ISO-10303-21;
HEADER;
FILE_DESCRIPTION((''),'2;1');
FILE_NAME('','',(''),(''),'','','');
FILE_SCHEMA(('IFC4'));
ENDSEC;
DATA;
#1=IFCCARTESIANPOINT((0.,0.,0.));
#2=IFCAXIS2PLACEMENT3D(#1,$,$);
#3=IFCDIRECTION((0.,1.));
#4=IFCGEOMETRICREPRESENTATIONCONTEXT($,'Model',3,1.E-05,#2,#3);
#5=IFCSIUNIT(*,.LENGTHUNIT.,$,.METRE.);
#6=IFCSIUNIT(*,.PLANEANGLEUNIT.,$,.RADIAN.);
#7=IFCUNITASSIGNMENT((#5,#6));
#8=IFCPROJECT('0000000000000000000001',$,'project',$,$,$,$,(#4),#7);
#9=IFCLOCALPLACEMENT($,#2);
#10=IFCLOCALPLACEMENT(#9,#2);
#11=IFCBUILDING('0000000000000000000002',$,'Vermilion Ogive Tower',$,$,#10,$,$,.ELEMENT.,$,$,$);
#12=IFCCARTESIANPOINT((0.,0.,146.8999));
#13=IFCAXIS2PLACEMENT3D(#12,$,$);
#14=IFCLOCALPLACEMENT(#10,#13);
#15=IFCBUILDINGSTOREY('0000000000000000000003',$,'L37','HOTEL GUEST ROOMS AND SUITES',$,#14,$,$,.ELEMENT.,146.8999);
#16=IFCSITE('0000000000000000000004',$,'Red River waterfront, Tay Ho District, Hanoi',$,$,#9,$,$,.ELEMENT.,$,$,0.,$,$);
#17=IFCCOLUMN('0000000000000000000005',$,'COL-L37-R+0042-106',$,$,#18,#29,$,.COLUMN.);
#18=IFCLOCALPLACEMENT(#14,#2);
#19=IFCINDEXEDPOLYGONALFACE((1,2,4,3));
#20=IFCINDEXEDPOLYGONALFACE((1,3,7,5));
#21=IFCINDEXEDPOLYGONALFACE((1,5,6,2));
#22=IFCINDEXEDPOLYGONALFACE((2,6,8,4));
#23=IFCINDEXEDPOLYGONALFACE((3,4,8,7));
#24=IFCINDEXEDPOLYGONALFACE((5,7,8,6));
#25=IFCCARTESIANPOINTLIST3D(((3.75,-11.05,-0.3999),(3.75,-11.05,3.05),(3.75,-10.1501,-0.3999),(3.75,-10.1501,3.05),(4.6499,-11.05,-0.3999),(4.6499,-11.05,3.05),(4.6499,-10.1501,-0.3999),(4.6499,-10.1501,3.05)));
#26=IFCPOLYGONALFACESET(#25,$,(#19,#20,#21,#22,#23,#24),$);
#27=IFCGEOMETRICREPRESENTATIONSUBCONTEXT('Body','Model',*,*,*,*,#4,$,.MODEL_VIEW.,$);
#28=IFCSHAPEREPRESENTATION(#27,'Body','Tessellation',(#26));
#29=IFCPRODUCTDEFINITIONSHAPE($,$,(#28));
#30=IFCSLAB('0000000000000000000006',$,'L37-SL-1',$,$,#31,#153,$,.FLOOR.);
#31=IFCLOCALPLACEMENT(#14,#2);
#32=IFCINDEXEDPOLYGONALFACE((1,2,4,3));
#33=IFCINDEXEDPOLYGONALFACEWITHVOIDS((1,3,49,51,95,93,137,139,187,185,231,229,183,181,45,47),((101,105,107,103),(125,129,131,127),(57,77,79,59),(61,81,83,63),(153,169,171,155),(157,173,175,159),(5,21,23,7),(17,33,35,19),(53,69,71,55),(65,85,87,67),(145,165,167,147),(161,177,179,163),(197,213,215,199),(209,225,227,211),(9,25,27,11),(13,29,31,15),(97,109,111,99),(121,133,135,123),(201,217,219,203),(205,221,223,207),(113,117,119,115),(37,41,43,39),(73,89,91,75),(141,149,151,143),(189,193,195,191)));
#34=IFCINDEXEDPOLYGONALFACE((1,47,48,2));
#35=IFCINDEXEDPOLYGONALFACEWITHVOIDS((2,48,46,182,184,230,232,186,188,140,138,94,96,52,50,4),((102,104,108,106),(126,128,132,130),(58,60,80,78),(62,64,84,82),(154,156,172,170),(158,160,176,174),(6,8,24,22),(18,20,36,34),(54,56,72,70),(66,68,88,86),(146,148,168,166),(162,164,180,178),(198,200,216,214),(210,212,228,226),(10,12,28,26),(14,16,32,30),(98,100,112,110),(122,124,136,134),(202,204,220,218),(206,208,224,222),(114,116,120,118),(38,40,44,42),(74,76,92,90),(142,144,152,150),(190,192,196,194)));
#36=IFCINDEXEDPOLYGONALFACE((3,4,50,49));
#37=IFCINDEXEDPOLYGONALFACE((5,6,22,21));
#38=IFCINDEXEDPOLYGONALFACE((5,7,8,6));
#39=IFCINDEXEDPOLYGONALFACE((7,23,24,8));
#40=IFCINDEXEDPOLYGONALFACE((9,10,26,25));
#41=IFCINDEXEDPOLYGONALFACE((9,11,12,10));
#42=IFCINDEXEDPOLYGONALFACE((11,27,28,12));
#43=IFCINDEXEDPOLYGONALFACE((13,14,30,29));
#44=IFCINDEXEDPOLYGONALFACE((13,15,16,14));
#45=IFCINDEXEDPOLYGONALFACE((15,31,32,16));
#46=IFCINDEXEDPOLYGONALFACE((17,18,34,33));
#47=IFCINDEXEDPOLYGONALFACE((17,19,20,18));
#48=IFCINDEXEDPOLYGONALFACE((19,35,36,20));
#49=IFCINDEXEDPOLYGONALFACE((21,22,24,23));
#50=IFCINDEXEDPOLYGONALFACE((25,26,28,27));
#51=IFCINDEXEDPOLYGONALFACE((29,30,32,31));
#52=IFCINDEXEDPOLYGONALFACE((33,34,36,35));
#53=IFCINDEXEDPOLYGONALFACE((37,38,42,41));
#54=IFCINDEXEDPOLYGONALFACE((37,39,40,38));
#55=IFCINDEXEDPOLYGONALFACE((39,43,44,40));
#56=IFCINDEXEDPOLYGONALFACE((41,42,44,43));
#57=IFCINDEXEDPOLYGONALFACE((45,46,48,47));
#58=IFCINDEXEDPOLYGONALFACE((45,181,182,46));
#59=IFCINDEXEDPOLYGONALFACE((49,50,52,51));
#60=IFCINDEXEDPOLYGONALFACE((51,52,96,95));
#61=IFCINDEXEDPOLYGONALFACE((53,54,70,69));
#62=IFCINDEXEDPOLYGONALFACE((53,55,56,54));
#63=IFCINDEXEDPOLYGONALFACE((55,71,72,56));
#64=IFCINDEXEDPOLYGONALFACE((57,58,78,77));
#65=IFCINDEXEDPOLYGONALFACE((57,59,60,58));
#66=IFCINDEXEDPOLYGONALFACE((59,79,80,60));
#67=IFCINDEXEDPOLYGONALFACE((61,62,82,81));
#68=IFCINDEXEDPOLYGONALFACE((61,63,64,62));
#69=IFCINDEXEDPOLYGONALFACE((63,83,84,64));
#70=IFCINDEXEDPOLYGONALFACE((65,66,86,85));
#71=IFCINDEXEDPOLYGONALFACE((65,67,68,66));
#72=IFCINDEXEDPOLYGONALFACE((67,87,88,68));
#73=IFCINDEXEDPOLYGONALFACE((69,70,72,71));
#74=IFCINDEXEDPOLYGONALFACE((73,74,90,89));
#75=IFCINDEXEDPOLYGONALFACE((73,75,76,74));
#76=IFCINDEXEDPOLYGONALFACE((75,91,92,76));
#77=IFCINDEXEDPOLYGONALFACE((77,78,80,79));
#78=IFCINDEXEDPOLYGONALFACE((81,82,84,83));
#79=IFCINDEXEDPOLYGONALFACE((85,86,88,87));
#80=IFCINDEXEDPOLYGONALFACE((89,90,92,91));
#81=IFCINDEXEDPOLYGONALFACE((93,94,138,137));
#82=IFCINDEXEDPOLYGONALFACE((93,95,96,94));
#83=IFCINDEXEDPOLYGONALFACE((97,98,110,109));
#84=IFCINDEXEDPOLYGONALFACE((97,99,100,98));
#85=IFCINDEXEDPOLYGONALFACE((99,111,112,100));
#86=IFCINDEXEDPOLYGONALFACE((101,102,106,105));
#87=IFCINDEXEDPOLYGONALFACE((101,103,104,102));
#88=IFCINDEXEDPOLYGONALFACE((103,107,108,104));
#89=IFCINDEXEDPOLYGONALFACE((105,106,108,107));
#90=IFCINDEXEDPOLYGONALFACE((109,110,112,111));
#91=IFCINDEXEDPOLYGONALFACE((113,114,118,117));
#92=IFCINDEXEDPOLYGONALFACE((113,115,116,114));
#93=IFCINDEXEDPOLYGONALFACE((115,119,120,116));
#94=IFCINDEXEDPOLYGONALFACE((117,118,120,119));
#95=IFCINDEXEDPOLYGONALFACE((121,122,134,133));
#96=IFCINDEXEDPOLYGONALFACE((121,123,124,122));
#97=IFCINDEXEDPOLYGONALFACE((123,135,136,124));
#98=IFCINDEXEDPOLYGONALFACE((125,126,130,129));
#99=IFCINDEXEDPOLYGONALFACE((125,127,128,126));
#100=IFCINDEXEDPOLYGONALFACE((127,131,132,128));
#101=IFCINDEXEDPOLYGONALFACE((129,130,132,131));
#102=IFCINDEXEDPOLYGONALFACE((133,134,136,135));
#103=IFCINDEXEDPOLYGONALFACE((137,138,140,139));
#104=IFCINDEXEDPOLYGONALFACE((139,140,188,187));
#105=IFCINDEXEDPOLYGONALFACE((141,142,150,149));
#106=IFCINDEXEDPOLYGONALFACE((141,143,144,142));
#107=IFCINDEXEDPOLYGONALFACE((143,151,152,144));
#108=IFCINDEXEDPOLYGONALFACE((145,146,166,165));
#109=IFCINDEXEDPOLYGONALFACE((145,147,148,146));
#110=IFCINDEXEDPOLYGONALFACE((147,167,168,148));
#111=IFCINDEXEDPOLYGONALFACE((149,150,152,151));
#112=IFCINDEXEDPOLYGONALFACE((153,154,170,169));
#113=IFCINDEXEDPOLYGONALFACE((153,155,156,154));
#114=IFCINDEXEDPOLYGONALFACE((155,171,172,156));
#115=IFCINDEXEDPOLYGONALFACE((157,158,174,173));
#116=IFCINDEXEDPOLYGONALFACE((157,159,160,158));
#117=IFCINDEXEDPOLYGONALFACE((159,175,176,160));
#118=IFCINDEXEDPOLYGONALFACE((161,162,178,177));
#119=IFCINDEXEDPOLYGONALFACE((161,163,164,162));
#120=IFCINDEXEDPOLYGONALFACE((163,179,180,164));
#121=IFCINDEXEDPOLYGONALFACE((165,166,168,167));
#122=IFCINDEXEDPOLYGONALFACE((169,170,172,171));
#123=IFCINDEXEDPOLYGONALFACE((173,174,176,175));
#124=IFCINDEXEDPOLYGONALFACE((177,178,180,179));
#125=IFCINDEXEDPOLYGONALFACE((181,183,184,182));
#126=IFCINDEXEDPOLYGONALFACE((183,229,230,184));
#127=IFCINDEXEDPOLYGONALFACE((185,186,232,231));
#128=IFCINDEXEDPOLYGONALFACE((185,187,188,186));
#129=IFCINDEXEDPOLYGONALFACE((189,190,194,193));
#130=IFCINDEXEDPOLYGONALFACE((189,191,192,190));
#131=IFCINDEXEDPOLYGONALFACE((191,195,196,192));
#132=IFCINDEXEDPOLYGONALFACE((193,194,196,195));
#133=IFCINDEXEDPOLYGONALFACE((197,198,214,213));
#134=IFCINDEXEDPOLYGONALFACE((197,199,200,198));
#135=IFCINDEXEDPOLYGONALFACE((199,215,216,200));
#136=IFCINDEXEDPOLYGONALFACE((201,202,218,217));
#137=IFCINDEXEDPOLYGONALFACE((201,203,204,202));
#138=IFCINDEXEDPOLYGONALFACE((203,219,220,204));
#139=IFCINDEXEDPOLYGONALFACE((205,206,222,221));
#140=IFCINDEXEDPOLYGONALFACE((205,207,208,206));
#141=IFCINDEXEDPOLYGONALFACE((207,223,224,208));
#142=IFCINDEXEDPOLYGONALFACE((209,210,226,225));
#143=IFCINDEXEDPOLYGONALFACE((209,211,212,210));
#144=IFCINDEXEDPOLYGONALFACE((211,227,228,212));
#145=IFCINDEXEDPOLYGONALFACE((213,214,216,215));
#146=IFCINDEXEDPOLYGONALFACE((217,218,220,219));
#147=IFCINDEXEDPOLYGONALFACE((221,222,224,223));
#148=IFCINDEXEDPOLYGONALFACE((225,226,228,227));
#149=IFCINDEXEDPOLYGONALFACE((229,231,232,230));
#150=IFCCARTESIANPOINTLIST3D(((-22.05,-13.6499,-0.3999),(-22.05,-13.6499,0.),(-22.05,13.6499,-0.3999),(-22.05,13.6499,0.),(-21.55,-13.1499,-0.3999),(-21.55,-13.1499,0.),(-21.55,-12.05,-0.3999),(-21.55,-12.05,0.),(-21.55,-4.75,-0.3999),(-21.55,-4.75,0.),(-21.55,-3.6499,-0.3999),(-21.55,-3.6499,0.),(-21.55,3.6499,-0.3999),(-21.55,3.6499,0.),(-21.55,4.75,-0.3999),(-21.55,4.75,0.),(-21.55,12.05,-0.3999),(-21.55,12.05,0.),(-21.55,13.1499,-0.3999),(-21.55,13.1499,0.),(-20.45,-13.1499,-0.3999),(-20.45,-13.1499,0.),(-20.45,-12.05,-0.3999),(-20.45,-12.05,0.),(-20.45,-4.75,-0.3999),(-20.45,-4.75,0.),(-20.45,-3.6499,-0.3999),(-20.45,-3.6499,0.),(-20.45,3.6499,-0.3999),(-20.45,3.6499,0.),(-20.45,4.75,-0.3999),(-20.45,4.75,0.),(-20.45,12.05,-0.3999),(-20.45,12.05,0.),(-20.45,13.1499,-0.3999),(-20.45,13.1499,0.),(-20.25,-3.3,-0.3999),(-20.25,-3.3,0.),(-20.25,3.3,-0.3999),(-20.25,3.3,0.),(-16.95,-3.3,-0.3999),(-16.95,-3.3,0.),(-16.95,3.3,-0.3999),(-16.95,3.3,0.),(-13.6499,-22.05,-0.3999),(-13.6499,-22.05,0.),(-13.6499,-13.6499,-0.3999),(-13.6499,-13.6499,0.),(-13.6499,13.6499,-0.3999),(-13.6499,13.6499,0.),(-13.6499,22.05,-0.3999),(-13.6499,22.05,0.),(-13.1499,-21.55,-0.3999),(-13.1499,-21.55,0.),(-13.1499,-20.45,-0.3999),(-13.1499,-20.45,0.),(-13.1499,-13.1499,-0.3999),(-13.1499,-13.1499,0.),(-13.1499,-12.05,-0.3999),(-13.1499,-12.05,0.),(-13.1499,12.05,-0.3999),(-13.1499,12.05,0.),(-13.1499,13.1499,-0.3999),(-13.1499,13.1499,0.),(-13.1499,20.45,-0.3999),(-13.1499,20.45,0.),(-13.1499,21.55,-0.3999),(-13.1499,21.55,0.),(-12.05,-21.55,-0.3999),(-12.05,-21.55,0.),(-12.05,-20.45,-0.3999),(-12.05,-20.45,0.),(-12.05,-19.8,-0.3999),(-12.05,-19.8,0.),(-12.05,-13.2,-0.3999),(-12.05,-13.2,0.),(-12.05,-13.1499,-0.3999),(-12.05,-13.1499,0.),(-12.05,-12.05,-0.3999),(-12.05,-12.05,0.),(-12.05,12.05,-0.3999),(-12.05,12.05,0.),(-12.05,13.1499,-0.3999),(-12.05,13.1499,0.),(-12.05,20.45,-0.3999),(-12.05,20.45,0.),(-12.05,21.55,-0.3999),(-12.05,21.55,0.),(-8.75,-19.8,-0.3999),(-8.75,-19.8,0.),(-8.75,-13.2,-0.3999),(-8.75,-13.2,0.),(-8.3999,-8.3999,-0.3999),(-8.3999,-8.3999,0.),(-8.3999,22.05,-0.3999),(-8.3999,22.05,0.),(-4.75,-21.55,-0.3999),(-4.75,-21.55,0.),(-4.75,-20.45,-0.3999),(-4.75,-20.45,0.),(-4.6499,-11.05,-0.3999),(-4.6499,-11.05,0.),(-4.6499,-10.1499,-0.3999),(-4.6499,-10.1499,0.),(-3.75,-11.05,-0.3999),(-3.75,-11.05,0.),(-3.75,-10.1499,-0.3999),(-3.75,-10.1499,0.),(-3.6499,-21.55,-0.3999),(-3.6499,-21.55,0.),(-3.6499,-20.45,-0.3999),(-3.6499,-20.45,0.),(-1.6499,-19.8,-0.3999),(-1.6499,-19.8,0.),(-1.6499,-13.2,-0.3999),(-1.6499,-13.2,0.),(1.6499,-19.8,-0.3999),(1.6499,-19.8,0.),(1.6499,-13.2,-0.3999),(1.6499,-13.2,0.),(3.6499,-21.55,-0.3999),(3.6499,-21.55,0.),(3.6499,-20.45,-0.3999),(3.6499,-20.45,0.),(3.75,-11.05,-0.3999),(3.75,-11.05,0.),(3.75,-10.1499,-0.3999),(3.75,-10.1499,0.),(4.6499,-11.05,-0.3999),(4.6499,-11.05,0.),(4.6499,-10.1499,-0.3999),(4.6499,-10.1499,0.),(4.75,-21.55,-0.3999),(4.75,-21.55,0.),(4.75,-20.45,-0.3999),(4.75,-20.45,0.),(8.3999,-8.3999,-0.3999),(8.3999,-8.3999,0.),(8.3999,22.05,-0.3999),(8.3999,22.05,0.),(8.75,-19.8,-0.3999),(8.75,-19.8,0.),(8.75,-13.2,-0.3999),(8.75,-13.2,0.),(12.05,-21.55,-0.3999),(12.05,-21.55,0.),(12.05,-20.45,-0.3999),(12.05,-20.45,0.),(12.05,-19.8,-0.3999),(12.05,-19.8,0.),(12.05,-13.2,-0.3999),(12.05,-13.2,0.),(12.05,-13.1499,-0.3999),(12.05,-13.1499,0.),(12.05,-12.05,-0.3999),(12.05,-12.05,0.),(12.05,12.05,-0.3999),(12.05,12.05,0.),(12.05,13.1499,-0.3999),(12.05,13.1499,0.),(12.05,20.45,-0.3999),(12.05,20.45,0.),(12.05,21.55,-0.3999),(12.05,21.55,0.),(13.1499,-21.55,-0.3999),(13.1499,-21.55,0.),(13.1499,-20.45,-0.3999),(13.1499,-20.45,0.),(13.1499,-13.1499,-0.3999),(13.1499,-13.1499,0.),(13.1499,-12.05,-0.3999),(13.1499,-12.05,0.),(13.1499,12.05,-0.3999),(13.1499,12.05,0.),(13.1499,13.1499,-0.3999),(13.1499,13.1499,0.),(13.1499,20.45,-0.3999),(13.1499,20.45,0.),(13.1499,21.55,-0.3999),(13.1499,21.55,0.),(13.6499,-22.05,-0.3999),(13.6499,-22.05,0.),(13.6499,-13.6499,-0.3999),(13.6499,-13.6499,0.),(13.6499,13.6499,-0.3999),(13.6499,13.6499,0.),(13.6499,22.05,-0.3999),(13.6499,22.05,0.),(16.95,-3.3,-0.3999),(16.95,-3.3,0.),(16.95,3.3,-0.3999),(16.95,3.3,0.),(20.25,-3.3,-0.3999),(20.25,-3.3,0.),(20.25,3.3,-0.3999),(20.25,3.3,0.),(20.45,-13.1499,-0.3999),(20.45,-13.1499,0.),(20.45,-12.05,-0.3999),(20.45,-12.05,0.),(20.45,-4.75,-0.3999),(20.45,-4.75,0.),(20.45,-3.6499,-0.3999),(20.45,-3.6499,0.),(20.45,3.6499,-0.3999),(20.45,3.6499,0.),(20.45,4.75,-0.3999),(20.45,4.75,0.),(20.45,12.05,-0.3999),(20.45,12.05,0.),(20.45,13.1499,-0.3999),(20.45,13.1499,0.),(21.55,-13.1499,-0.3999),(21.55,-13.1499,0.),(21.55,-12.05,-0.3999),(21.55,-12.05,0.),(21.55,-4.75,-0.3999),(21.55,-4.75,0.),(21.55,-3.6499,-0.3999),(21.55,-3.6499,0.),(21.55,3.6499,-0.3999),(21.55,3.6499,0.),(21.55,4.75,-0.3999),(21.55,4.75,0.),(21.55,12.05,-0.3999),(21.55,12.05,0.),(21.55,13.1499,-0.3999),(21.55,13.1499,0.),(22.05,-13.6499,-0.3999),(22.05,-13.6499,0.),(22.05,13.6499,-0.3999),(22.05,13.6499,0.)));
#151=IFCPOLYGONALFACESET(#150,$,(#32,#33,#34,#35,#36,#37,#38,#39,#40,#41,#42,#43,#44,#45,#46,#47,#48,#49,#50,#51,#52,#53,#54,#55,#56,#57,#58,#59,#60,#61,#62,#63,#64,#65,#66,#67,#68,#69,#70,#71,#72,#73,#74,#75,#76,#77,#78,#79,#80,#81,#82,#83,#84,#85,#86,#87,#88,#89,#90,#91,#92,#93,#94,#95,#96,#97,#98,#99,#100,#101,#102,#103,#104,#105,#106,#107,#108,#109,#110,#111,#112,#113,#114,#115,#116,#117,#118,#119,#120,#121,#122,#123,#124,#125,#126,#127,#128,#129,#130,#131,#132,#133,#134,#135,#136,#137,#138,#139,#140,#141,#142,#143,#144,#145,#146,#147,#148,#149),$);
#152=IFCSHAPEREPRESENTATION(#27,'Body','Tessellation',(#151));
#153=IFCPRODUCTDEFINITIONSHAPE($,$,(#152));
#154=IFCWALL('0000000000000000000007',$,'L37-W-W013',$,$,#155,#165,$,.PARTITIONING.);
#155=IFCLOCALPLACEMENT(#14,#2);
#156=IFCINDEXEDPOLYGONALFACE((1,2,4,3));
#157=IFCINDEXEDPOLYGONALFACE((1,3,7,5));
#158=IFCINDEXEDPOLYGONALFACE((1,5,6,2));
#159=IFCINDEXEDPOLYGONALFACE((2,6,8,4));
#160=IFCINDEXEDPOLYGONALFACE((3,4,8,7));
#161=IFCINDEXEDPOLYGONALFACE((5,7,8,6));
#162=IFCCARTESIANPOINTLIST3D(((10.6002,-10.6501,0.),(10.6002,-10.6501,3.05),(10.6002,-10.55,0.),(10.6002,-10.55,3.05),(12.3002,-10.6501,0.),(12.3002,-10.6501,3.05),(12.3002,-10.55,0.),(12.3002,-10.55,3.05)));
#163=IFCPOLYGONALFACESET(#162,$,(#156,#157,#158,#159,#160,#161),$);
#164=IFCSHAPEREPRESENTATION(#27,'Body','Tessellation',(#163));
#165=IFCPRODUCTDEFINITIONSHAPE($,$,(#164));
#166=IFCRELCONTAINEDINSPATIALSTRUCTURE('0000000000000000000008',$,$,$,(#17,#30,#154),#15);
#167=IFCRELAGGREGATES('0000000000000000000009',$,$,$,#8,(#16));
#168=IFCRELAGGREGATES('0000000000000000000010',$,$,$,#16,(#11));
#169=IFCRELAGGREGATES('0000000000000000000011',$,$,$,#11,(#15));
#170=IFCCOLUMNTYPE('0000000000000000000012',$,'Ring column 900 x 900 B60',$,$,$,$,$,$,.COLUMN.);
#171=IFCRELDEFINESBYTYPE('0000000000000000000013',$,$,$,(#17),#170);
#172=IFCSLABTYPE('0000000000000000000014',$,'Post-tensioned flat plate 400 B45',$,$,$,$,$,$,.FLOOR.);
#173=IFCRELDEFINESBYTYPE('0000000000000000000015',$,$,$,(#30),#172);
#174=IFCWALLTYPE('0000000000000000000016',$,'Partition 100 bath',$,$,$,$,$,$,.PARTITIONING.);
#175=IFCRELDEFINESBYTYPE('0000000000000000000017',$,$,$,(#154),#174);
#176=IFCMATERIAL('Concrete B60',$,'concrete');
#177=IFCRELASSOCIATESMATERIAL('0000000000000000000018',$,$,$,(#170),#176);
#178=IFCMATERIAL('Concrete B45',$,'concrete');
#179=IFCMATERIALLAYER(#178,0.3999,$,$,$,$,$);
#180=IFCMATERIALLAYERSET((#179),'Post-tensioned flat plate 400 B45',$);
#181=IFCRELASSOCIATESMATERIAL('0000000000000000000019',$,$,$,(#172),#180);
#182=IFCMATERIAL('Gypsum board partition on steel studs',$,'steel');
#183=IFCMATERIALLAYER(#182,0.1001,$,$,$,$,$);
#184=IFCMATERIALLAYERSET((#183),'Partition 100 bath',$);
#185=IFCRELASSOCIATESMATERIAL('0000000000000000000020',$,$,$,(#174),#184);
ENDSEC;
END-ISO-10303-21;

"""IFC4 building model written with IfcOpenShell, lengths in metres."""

from ifc_helpers import new_model, si_unit, direction, frame, frame_2d, origin, origin_2d, place, context, subcontext, project, spatial, polyline, rectangle, outline, extrude, material, layer, layer_set, material_profile, profile_set, type_object, element, save


model = new_model("IFC4")

# Units and contexts
model_context = context("Model", 3, precision=1e-05, world=origin(), true_north=direction((0.0, 1.0)))
body_context = subcontext(model_context, "Body", "Model", "MODEL_VIEW")
ifc_project = project(units=[si_unit("LENGTHUNIT", "METRE"), si_unit("PLANEANGLEUNIT", "RADIAN")], contexts=[model_context])

# Site, building, storey
site_placement = place(None, origin())
site = spatial("IfcSite", under=ifc_project, at=site_placement, Name="Red River waterfront, Tay Ho District, Hanoi", CompositionType="ELEMENT", RefElevation=0.0)
building_placement = place(site_placement, origin())
building = spatial("IfcBuilding", under=site, at=building_placement, Name="Vermilion Ogive Tower", CompositionType="ELEMENT")
storey_placement = place(building_placement, frame((0.0, 0.0, 146.8999)))
storey = spatial("IfcBuildingStorey", under=building, at=storey_placement, Name="L37", Description="HOTEL GUEST ROOMS AND SUITES", CompositionType="ELEMENT", Elevation=146.8999)

# Column
ifc_material_1 = material(Name="Concrete B60", Category="concrete")
ifc_material_profile = material_profile(ifc_material_1, rectangle(XDim=0.8999, YDim=0.8999, at=origin_2d()), Name="900 x 900")
ifc_profile_set = profile_set([ifc_material_profile], Name="Concrete B60")
column_type = type_object("IfcColumnType", Name="Ring column 900 x 900 B60", PredefinedType="COLUMN", material=ifc_profile_set)
column_placement = place(storey_placement, frame((4.2, -10.6001, -0.3999), z_axis=(0.0, 0.0, 1.0), x_axis=(1.0, 0.0, 0.0)))
element("IfcColumn", 1, at=column_placement, inside=storey, type_object=column_type, Name="COL-L37-R+0042-106", PredefinedType="COLUMN", context=body_context, shape_type="SweptSolid", body=[
    extrude(rectangle(XDim=0.8999, YDim=0.8999, at=origin_2d()), origin(), (0.0, 0.0, 1.0), 3.45),
])

# Slab
ifc_material_2 = material(Name="Concrete B45", Category="concrete")
ifc_layer_1 = layer(ifc_material_2, 0.3999)
ifc_layer_set_1 = layer_set([ifc_layer_1], Name="Post-tensioned flat plate 400 B45")
slab_type = type_object("IfcSlabType", Name="Post-tensioned flat plate 400 B45", PredefinedType="FLOOR", material=ifc_layer_set_1)
slab_placement = place(storey_placement, frame((0.0, 0.0, -0.3999)))
element("IfcSlab", 2, at=slab_placement, inside=storey, type_object=slab_type, Name="L37-SL-1", PredefinedType="FLOOR", context=body_context, shape_type="SweptSolid", body=[
    extrude(outline(polyline([(-13.6499, -13.6499), (-22.05, -13.6499), (-22.05, 13.6499), (-13.6499, 13.6499), (-13.6499, 22.05), (-8.3999, 22.05), (-8.3999, -8.3999), (8.3999, -8.3999), (8.3999, 22.05), (13.6499, 22.05), (13.6499, 13.6499), (22.05, 13.6499), (22.05, -13.6499), (13.6499, -13.6499), (13.6499, -22.05), (-13.6499, -22.05), (-13.6499, -13.6499)]), holes=[polyline([(21.55, 12.05), (21.55, 13.1499), (20.45, 13.1499), (20.45, 12.05), (21.55, 12.05)]), polyline([(21.55, 3.6499), (21.55, 4.75), (20.45, 4.75), (20.45, 3.6499), (21.55, 3.6499)]), polyline([(21.55, -4.75), (21.55, -3.6499), (20.45, -3.6499), (20.45, -4.75), (21.55, -4.75)]), polyline([(21.55, -13.1499), (21.55, -12.05), (20.45, -12.05), (20.45, -13.1499), (21.55, -13.1499)]), polyline([(20.25, -3.3), (20.25, 3.3), (16.95, 3.3), (16.95, -3.3), (20.25, -3.3)]), polyline([(13.1499, 20.45), (13.1499, 21.55), (12.05, 21.55), (12.05, 20.45), (13.1499, 20.45)]), polyline([(13.1499, 12.05), (13.1499, 13.1499), (12.05, 13.1499), (12.05, 12.05), (13.1499, 12.05)]), polyline([(13.1499, -13.1499), (13.1499, -12.05), (12.05, -12.05), (12.05, -13.1499), (13.1499, -13.1499)]), polyline([(13.1499, -21.55), (13.1499, -20.45), (12.05, -20.45), (12.05, -21.55), (13.1499, -21.55)]), polyline([(12.05, -19.8), (12.05, -13.2), (8.75, -13.2), (8.75, -19.8), (12.05, -19.8)]), polyline([(4.75, -20.45), (3.6499, -20.45), (3.6499, -21.55), (4.75, -21.55), (4.75, -20.45)]), polyline([(4.6499, -11.05), (4.6499, -10.1499), (3.75, -10.1499), (3.75, -11.05), (4.6499, -11.05)]), polyline([(1.6499, -19.8), (1.6499, -13.2), (-1.6499, -13.2), (-1.6499, -19.8), (1.6499, -19.8)]), polyline([(-3.6499, -21.55), (-3.6499, -20.45), (-4.75, -20.45), (-4.75, -21.55), (-3.6499, -21.55)]), polyline([(-3.75, -11.05), (-3.75, -10.1499), (-4.6499, -10.1499), (-4.6499, -11.05), (-3.75, -11.05)]), polyline([(-8.75, -19.8), (-8.75, -13.2), (-12.05, -13.2), (-12.05, -19.8), (-8.75, -19.8)]), polyline([(-12.05, 20.45), (-12.05, 21.55), (-13.1499, 21.55), (-13.1499, 20.45), (-12.05, 20.45)]), polyline([(-12.05, 12.05), (-12.05, 13.1499), (-13.1499, 13.1499), (-13.1499, 12.05), (-12.05, 12.05)]), polyline([(-12.05, -13.1499), (-12.05, -12.05), (-13.1499, -12.05), (-13.1499, -13.1499), (-12.05, -13.1499)]), polyline([(-12.05, -20.45), (-13.1499, -20.45), (-13.1499, -21.55), (-12.05, -21.55), (-12.05, -20.45)]), polyline([(-16.95, -3.3), (-16.95, 3.3), (-20.25, 3.3), (-20.25, -3.3), (-16.95, -3.3)]), polyline([(-20.45, -13.1499), (-20.45, -12.05), (-21.55, -12.05), (-21.55, -13.1499), (-20.45, -13.1499)]), polyline([(-20.45, 12.05), (-20.45, 13.1499), (-21.55, 13.1499), (-21.55, 12.05), (-20.45, 12.05)]), polyline([(-20.45, 3.6499), (-20.45, 4.75), (-21.55, 4.75), (-21.55, 3.6499), (-20.45, 3.6499)]), polyline([(-20.45, -4.75), (-20.45, -3.6499), (-21.55, -3.6499), (-21.55, -4.75), (-20.45, -4.75)])]), origin(), (0.0, 0.0, 1.0), 0.3999),
])

# Wall
ifc_material_3 = material(Name="Gypsum board partition on steel studs", Category="steel")
ifc_layer_2 = layer(ifc_material_3, 0.1001)
ifc_layer_set_2 = layer_set([ifc_layer_2], Name="Partition 100 bath")
wall_type_1 = type_object("IfcWallType", Name="Partition 100 bath", PredefinedType="PARTITIONING", material=ifc_layer_set_2)
wall_1_placement = place(storey_placement, frame((10.6001, -10.6001, 0.0), z_axis=(0.0, 0.0, 1.0), x_axis=(1.0, 0.0, 0.0)))
element("IfcWall", 3, at=wall_1_placement, inside=storey, type_object=wall_type_1, Name="L37-W-W013", PredefinedType="PARTITIONING", context=body_context, shape_type="SweptSolid", body=[
    extrude(rectangle(XDim=1.7, YDim=0.1001, at=frame_2d((0.8501, 0.0))), origin(), (0.0, 0.0, 1.0), 3.05),
])

save(model, "model.ifc")
